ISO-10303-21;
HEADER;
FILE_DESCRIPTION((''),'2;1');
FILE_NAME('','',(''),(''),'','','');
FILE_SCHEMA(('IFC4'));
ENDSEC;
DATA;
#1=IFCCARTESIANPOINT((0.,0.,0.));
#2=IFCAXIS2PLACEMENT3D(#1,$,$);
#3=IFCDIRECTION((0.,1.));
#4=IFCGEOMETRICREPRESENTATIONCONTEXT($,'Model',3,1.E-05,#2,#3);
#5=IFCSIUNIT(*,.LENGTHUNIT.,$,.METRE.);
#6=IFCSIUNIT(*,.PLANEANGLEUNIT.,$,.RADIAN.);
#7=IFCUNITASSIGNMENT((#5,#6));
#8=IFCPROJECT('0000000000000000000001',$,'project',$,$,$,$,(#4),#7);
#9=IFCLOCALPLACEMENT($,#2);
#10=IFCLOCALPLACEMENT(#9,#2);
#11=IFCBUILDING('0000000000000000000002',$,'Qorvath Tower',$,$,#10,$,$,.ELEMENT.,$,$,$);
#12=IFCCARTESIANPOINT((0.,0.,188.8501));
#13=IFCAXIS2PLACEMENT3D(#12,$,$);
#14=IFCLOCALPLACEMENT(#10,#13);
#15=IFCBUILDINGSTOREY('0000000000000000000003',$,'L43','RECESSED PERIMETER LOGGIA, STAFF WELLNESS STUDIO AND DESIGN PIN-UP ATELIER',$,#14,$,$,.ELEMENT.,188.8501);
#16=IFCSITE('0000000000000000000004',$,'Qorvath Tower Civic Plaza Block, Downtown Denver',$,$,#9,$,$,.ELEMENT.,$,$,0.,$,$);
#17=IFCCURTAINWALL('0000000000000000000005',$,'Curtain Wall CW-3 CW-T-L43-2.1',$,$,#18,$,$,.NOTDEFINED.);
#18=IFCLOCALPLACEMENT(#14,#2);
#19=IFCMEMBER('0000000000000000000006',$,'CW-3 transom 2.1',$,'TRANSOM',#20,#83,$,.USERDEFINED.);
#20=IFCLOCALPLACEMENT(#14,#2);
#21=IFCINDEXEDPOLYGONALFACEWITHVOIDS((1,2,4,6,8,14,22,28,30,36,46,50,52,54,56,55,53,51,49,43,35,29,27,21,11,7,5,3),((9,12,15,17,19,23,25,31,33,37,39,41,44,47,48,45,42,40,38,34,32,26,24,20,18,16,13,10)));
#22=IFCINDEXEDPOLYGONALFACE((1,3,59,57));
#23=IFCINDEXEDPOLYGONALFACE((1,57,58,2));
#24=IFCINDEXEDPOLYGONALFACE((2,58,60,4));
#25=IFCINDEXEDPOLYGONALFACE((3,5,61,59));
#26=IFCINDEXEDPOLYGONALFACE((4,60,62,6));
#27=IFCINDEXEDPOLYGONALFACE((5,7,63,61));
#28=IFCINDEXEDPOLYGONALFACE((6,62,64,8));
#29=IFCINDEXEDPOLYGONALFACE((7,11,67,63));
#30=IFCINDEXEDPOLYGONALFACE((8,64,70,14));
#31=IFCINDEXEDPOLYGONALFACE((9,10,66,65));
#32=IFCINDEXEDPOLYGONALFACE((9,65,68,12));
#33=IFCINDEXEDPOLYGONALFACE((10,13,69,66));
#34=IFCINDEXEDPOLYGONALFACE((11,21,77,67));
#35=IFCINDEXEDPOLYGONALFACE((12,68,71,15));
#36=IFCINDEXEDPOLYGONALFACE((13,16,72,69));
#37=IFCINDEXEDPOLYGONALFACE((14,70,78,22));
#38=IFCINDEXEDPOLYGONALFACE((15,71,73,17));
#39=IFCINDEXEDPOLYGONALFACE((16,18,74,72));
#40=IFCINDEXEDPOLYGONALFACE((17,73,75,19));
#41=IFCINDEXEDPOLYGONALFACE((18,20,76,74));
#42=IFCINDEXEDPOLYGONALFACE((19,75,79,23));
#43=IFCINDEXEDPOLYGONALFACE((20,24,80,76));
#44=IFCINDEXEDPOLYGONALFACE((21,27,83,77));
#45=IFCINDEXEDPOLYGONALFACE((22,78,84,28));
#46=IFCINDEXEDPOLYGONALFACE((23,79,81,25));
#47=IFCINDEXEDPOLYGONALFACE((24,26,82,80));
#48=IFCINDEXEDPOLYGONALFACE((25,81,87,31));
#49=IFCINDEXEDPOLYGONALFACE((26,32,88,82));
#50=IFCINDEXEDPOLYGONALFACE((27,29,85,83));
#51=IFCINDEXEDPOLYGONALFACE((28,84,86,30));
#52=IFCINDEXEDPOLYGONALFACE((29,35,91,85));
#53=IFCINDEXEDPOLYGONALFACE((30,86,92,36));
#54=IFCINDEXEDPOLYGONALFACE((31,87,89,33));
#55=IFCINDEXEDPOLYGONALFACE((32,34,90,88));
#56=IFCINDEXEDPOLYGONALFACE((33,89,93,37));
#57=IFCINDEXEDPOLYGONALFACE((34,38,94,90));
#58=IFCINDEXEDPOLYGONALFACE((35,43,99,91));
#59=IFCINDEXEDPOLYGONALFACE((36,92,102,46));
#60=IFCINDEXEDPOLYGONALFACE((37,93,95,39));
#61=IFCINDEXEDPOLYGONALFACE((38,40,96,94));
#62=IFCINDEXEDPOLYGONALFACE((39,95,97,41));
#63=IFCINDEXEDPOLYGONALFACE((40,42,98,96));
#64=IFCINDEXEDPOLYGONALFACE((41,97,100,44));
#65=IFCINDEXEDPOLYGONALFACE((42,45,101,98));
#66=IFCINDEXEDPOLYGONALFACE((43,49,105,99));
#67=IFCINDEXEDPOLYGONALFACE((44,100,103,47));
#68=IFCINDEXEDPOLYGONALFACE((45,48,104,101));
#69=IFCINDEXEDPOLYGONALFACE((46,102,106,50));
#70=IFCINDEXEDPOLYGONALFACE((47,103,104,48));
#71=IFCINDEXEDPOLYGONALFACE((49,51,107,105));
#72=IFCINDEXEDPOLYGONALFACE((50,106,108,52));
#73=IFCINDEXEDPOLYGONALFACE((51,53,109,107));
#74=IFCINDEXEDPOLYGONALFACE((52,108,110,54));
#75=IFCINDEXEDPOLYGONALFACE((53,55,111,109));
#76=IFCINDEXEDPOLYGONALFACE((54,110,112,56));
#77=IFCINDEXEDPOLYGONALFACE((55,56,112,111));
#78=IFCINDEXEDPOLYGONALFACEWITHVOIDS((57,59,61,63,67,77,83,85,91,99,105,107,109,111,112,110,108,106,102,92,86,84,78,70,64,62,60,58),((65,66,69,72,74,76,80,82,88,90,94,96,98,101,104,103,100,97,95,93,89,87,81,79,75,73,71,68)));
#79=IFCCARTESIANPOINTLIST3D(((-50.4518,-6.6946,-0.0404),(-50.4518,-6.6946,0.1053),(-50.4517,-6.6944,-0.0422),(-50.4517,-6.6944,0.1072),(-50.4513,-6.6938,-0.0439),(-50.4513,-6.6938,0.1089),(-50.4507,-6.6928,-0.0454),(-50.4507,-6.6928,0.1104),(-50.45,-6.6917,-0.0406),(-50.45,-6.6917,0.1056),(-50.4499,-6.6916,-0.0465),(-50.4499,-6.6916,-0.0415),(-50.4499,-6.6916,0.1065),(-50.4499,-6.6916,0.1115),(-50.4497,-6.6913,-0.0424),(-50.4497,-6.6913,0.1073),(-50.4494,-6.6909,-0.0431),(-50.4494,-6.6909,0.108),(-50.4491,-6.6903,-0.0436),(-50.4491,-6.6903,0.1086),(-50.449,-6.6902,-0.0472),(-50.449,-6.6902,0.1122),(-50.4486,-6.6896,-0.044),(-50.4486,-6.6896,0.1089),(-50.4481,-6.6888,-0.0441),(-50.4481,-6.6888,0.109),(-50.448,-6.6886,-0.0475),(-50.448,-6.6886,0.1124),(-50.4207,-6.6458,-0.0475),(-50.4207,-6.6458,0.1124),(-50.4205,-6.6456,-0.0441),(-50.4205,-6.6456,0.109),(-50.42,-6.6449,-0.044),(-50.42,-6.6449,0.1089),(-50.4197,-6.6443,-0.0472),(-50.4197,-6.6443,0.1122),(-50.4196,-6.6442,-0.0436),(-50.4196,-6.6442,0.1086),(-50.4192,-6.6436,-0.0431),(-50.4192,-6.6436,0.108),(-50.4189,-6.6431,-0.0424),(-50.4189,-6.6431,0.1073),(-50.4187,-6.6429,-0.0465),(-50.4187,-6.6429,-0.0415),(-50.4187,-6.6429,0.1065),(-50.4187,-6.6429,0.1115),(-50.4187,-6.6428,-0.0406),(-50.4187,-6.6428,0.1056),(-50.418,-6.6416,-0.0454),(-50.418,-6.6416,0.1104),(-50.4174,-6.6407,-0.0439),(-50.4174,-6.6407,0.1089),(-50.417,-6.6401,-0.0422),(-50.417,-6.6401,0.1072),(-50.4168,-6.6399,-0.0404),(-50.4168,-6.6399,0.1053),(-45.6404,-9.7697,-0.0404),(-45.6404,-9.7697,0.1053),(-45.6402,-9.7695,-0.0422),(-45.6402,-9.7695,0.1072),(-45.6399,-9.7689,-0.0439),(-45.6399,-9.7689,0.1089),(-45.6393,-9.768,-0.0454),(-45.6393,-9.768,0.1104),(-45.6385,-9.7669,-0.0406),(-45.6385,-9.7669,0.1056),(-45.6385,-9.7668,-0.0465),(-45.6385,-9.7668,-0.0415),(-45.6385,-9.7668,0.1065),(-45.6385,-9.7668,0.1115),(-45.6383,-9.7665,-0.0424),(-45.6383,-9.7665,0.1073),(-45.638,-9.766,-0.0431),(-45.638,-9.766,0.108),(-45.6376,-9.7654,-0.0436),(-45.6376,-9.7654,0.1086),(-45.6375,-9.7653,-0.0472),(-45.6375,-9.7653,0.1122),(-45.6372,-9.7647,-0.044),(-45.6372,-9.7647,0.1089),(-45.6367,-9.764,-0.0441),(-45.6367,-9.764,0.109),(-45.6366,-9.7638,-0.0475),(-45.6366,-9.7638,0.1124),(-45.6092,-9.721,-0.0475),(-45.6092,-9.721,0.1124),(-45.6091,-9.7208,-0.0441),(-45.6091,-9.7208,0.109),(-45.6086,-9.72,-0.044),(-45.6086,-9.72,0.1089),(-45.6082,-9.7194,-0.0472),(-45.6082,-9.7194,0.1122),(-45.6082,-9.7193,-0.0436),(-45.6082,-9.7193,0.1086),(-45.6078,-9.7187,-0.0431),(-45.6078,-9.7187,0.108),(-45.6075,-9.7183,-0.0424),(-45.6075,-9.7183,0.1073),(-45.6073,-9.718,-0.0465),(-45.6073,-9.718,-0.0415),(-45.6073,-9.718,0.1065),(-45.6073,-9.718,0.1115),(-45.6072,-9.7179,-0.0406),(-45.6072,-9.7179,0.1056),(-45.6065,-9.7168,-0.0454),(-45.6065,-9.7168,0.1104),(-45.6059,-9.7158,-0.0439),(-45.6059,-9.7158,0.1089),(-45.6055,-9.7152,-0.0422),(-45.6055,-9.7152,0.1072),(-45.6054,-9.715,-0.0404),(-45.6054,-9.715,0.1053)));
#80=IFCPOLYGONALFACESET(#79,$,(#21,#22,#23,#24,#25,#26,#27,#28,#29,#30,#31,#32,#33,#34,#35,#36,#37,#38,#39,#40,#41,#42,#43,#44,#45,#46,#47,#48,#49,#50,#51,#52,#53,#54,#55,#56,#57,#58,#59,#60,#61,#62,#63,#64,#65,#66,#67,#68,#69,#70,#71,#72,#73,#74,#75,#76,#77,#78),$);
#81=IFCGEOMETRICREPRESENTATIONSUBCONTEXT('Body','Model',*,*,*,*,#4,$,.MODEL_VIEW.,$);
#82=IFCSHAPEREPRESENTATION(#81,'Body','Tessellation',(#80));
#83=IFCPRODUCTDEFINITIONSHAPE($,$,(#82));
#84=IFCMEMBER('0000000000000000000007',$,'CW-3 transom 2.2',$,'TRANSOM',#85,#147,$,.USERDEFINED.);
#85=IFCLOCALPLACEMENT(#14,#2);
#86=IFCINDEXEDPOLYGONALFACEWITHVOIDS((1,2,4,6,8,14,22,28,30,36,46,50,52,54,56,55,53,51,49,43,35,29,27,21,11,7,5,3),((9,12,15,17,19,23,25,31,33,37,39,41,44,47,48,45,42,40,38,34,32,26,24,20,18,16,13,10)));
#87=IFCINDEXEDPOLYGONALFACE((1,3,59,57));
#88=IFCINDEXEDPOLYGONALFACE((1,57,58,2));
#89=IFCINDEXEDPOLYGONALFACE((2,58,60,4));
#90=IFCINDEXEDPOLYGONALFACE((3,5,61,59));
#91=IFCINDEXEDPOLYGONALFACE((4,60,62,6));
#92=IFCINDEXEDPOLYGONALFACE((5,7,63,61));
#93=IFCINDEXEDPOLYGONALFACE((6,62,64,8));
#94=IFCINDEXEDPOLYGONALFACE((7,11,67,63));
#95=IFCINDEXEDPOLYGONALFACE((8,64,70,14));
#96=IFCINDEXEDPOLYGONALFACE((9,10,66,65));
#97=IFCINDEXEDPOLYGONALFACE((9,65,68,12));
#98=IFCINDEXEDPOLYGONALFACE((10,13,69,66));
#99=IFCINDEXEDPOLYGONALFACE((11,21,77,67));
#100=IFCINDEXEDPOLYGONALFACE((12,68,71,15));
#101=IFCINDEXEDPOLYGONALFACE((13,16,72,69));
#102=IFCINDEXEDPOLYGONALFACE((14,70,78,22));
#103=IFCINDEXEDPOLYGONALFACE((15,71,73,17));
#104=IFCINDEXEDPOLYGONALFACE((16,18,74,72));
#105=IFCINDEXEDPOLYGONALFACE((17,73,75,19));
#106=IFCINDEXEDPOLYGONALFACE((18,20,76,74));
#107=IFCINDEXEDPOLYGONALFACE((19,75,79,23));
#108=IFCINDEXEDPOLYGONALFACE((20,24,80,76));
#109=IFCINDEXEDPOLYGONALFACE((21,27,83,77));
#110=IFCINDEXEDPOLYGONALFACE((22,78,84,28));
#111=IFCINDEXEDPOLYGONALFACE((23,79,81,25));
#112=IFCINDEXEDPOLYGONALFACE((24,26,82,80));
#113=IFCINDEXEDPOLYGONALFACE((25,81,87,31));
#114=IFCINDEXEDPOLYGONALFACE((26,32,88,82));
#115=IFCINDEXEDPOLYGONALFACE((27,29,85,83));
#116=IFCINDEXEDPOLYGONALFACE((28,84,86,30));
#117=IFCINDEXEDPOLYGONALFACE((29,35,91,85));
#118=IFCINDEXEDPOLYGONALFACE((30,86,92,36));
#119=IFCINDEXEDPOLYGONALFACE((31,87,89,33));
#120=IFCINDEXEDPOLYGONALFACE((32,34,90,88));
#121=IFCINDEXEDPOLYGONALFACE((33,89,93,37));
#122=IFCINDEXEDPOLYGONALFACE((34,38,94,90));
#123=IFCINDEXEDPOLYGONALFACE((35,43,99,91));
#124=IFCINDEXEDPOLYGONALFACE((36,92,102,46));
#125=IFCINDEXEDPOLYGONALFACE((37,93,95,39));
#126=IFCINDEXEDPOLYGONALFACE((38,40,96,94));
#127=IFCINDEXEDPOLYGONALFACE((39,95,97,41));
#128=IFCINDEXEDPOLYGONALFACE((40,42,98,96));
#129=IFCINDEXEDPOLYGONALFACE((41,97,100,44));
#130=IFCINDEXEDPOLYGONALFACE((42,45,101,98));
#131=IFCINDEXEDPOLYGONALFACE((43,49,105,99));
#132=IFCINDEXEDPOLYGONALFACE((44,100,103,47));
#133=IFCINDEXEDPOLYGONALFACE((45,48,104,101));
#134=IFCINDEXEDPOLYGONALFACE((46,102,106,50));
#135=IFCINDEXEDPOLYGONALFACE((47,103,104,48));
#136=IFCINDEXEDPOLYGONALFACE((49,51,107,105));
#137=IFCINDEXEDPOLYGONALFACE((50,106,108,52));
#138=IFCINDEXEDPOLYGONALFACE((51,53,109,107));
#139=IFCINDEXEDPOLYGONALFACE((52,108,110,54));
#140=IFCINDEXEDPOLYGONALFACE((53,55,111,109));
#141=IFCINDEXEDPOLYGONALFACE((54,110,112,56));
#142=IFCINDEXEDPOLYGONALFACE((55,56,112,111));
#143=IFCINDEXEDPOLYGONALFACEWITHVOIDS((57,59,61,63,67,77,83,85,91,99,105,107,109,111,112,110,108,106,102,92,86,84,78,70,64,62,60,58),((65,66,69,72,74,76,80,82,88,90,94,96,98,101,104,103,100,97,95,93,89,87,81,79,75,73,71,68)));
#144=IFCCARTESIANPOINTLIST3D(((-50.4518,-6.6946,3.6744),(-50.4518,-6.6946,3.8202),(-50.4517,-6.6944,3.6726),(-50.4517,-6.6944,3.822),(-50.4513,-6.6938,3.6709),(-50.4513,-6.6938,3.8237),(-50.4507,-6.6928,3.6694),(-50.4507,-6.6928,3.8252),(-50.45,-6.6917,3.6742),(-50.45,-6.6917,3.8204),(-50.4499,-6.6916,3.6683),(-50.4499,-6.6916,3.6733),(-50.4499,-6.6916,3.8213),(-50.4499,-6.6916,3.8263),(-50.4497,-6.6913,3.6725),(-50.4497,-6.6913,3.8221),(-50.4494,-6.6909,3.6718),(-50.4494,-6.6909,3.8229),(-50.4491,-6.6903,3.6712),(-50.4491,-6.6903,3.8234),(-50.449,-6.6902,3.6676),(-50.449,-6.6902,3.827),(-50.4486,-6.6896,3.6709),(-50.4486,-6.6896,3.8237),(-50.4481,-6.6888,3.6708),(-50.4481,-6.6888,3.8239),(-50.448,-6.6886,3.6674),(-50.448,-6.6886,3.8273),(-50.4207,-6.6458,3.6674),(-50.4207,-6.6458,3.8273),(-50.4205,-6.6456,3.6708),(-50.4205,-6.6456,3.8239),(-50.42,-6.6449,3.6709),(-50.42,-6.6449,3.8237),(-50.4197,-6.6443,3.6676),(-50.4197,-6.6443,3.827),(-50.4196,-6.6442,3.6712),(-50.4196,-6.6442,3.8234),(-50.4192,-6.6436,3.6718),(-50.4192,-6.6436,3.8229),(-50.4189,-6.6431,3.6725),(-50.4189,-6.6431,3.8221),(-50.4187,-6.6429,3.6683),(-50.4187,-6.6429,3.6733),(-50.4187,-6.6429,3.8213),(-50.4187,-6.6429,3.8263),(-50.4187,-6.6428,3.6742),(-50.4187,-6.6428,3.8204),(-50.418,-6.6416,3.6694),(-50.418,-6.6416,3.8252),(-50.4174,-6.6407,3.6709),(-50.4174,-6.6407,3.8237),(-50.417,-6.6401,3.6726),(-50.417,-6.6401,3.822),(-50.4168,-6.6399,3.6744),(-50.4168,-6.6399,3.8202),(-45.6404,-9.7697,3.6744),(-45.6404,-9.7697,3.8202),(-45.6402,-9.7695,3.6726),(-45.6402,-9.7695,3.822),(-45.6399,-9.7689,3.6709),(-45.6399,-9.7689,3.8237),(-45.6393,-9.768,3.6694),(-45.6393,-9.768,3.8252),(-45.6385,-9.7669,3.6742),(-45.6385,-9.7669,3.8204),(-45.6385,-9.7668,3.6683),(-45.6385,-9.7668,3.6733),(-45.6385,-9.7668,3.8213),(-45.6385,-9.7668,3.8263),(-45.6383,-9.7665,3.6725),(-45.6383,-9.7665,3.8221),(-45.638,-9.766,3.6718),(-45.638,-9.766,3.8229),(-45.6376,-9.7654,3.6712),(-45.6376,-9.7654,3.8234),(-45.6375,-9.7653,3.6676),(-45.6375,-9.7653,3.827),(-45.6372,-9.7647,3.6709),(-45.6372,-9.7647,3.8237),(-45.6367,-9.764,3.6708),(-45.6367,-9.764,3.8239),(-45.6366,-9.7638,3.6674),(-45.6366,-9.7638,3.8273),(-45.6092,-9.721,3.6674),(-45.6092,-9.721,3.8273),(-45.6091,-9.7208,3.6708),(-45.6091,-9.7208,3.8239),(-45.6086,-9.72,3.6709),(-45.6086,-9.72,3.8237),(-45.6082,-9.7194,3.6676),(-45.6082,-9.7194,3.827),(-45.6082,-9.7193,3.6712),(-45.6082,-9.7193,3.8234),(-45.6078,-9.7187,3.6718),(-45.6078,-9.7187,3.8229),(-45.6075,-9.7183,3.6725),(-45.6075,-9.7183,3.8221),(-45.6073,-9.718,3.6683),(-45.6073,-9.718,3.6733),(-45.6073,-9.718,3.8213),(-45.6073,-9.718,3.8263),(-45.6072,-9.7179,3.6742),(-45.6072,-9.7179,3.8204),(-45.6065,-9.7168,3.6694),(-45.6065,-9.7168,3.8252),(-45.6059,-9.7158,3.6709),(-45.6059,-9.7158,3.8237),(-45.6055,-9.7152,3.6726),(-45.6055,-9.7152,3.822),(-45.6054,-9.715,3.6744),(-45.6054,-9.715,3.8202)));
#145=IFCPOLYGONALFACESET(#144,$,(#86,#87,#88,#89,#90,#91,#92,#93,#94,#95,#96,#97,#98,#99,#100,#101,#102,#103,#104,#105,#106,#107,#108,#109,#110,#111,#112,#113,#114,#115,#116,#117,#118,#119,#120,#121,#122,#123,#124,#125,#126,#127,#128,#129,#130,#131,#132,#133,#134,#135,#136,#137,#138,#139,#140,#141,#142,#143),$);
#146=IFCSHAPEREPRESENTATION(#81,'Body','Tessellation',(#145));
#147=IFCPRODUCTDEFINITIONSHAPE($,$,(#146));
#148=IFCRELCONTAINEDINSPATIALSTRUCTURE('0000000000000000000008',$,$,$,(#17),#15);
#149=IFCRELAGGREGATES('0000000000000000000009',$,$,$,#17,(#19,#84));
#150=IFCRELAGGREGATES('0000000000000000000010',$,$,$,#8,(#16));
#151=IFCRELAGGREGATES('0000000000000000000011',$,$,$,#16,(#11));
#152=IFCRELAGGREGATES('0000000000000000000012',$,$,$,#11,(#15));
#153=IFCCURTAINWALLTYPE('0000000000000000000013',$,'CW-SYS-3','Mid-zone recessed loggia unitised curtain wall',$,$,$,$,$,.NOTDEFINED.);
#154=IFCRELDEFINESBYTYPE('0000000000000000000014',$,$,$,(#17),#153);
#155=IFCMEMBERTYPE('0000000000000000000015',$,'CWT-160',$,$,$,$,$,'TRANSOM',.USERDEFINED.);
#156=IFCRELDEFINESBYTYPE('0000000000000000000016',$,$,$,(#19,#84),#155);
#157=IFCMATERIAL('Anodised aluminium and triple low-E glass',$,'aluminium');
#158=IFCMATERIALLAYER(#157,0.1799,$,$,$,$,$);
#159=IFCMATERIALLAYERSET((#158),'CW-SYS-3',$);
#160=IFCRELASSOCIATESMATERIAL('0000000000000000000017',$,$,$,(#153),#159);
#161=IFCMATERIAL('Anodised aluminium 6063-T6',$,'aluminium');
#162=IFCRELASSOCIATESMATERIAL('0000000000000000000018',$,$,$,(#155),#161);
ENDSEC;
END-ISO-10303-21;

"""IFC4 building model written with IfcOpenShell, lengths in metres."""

from ifc_helpers import new_model, si_unit, direction, frame, origin, origin_2d, place, context, subcontext, project, spatial, hollow_rectangle, extrude, material, layer, layer_set, material_profile, profile_set, type_object, element, aggregate, save


model = new_model("IFC4")

# Units and contexts
model_context = context("Model", 3, precision=1e-05, world=origin(), true_north=direction((0.0, 1.0)))
body_context = subcontext(model_context, "Body", "Model", "MODEL_VIEW")
ifc_project = project(units=[si_unit("LENGTHUNIT", "METRE"), si_unit("PLANEANGLEUNIT", "RADIAN")], contexts=[model_context])

# Site, building, storey
site_placement = place(None, origin())
site = spatial("IfcSite", under=ifc_project, at=site_placement, Name="Qorvath Tower Civic Plaza Block, Downtown Denver", CompositionType="ELEMENT", RefElevation=0.0)
building_placement = place(site_placement, origin())
building = spatial("IfcBuilding", under=site, at=building_placement, Name="Qorvath Tower", CompositionType="ELEMENT")
storey_placement = place(building_placement, frame((0.0, 0.0, 188.8501)))
storey = spatial("IfcBuildingStorey", under=building, at=storey_placement, Name="L43", Description="RECESSED PERIMETER LOGGIA, STAFF WELLNESS STUDIO AND DESIGN PIN-UP ATELIER", CompositionType="ELEMENT", Elevation=188.8501)

# Curtain wall, members
ifc_material_1 = material(Name="Anodised aluminium and triple low-E glass", Category="aluminium")
ifc_layer_1 = layer(ifc_material_1, 0.1799)
ifc_layer_set_1 = layer_set([ifc_layer_1], Name="CW-SYS-3")
curtain_wall_type = type_object("IfcCurtainWallType", Name="CW-SYS-3", Description="Mid-zone recessed loggia unitised curtain wall", PredefinedType="NOTDEFINED", material=ifc_layer_set_1)
curtain_wall_placement = place(storey_placement, origin())
curtain_wall = element("IfcCurtainWall", 1, at=curtain_wall_placement, inside=storey, type_object=curtain_wall_type, Name="Curtain Wall CW-3 CW-T-L43-2.1", PredefinedType="NOTDEFINED")
ifc_material_2 = material(Name="Anodised aluminium 6063-T6", Category="aluminium")
ifc_material_profile_1 = material_profile(ifc_material_2, hollow_rectangle(XDim=0.0649, YDim=0.1599, WallThickness=0.0034, InnerFilletRadius=0.0034, OuterFilletRadius=0.0071, at=origin_2d()), Name="CWT 160x65")
ifc_profile_set_1 = profile_set([ifc_material_profile_1], Name="Anodised aluminium 6063-T6")
member_type_1 = type_object("IfcMemberType", Name="CWT-160", ElementType="TRANSOM", PredefinedType="USERDEFINED", material=ifc_profile_set_1)
member_1_placement = place(storey_placement, frame((-50.4343, -6.6672, 0.0325), z_axis=(0.842604, -0.538534, 0.0), x_axis=(0.538534, 0.842604, 0.0)))
member_1 = element("IfcMember", 2, at=member_1_placement, type_object=member_type_1, Name="CW-3 transom 2.1", ObjectType="TRANSOM", PredefinedType="USERDEFINED", context=body_context, shape_type="SweptSolid", body=[
    extrude(hollow_rectangle(XDim=0.0649, YDim=0.1599, WallThickness=0.0034, InnerFilletRadius=0.0034, OuterFilletRadius=0.0071, at=origin_2d()), origin(), (0.0, 0.0, 1.0), 5.7102),
])
member_2_placement = place(storey_placement, frame((-50.4343, -6.6672, 3.7473), z_axis=(0.842604, -0.538534, 0.0), x_axis=(0.538534, 0.842604, 0.0)))
member_2 = element("IfcMember", 3, at=member_2_placement, type_object=member_type_1, Name="CW-3 transom 2.2", ObjectType="TRANSOM", PredefinedType="USERDEFINED", context=body_context, shape_type="SweptSolid", body=[
    extrude(hollow_rectangle(XDim=0.0649, YDim=0.1599, WallThickness=0.0034, InnerFilletRadius=0.0034, OuterFilletRadius=0.0071, at=origin_2d()), origin(), (0.0, 0.0, 1.0), 5.7102),
])
aggregate(curtain_wall, [member_1, member_2])

save(model, "model.ifc")
